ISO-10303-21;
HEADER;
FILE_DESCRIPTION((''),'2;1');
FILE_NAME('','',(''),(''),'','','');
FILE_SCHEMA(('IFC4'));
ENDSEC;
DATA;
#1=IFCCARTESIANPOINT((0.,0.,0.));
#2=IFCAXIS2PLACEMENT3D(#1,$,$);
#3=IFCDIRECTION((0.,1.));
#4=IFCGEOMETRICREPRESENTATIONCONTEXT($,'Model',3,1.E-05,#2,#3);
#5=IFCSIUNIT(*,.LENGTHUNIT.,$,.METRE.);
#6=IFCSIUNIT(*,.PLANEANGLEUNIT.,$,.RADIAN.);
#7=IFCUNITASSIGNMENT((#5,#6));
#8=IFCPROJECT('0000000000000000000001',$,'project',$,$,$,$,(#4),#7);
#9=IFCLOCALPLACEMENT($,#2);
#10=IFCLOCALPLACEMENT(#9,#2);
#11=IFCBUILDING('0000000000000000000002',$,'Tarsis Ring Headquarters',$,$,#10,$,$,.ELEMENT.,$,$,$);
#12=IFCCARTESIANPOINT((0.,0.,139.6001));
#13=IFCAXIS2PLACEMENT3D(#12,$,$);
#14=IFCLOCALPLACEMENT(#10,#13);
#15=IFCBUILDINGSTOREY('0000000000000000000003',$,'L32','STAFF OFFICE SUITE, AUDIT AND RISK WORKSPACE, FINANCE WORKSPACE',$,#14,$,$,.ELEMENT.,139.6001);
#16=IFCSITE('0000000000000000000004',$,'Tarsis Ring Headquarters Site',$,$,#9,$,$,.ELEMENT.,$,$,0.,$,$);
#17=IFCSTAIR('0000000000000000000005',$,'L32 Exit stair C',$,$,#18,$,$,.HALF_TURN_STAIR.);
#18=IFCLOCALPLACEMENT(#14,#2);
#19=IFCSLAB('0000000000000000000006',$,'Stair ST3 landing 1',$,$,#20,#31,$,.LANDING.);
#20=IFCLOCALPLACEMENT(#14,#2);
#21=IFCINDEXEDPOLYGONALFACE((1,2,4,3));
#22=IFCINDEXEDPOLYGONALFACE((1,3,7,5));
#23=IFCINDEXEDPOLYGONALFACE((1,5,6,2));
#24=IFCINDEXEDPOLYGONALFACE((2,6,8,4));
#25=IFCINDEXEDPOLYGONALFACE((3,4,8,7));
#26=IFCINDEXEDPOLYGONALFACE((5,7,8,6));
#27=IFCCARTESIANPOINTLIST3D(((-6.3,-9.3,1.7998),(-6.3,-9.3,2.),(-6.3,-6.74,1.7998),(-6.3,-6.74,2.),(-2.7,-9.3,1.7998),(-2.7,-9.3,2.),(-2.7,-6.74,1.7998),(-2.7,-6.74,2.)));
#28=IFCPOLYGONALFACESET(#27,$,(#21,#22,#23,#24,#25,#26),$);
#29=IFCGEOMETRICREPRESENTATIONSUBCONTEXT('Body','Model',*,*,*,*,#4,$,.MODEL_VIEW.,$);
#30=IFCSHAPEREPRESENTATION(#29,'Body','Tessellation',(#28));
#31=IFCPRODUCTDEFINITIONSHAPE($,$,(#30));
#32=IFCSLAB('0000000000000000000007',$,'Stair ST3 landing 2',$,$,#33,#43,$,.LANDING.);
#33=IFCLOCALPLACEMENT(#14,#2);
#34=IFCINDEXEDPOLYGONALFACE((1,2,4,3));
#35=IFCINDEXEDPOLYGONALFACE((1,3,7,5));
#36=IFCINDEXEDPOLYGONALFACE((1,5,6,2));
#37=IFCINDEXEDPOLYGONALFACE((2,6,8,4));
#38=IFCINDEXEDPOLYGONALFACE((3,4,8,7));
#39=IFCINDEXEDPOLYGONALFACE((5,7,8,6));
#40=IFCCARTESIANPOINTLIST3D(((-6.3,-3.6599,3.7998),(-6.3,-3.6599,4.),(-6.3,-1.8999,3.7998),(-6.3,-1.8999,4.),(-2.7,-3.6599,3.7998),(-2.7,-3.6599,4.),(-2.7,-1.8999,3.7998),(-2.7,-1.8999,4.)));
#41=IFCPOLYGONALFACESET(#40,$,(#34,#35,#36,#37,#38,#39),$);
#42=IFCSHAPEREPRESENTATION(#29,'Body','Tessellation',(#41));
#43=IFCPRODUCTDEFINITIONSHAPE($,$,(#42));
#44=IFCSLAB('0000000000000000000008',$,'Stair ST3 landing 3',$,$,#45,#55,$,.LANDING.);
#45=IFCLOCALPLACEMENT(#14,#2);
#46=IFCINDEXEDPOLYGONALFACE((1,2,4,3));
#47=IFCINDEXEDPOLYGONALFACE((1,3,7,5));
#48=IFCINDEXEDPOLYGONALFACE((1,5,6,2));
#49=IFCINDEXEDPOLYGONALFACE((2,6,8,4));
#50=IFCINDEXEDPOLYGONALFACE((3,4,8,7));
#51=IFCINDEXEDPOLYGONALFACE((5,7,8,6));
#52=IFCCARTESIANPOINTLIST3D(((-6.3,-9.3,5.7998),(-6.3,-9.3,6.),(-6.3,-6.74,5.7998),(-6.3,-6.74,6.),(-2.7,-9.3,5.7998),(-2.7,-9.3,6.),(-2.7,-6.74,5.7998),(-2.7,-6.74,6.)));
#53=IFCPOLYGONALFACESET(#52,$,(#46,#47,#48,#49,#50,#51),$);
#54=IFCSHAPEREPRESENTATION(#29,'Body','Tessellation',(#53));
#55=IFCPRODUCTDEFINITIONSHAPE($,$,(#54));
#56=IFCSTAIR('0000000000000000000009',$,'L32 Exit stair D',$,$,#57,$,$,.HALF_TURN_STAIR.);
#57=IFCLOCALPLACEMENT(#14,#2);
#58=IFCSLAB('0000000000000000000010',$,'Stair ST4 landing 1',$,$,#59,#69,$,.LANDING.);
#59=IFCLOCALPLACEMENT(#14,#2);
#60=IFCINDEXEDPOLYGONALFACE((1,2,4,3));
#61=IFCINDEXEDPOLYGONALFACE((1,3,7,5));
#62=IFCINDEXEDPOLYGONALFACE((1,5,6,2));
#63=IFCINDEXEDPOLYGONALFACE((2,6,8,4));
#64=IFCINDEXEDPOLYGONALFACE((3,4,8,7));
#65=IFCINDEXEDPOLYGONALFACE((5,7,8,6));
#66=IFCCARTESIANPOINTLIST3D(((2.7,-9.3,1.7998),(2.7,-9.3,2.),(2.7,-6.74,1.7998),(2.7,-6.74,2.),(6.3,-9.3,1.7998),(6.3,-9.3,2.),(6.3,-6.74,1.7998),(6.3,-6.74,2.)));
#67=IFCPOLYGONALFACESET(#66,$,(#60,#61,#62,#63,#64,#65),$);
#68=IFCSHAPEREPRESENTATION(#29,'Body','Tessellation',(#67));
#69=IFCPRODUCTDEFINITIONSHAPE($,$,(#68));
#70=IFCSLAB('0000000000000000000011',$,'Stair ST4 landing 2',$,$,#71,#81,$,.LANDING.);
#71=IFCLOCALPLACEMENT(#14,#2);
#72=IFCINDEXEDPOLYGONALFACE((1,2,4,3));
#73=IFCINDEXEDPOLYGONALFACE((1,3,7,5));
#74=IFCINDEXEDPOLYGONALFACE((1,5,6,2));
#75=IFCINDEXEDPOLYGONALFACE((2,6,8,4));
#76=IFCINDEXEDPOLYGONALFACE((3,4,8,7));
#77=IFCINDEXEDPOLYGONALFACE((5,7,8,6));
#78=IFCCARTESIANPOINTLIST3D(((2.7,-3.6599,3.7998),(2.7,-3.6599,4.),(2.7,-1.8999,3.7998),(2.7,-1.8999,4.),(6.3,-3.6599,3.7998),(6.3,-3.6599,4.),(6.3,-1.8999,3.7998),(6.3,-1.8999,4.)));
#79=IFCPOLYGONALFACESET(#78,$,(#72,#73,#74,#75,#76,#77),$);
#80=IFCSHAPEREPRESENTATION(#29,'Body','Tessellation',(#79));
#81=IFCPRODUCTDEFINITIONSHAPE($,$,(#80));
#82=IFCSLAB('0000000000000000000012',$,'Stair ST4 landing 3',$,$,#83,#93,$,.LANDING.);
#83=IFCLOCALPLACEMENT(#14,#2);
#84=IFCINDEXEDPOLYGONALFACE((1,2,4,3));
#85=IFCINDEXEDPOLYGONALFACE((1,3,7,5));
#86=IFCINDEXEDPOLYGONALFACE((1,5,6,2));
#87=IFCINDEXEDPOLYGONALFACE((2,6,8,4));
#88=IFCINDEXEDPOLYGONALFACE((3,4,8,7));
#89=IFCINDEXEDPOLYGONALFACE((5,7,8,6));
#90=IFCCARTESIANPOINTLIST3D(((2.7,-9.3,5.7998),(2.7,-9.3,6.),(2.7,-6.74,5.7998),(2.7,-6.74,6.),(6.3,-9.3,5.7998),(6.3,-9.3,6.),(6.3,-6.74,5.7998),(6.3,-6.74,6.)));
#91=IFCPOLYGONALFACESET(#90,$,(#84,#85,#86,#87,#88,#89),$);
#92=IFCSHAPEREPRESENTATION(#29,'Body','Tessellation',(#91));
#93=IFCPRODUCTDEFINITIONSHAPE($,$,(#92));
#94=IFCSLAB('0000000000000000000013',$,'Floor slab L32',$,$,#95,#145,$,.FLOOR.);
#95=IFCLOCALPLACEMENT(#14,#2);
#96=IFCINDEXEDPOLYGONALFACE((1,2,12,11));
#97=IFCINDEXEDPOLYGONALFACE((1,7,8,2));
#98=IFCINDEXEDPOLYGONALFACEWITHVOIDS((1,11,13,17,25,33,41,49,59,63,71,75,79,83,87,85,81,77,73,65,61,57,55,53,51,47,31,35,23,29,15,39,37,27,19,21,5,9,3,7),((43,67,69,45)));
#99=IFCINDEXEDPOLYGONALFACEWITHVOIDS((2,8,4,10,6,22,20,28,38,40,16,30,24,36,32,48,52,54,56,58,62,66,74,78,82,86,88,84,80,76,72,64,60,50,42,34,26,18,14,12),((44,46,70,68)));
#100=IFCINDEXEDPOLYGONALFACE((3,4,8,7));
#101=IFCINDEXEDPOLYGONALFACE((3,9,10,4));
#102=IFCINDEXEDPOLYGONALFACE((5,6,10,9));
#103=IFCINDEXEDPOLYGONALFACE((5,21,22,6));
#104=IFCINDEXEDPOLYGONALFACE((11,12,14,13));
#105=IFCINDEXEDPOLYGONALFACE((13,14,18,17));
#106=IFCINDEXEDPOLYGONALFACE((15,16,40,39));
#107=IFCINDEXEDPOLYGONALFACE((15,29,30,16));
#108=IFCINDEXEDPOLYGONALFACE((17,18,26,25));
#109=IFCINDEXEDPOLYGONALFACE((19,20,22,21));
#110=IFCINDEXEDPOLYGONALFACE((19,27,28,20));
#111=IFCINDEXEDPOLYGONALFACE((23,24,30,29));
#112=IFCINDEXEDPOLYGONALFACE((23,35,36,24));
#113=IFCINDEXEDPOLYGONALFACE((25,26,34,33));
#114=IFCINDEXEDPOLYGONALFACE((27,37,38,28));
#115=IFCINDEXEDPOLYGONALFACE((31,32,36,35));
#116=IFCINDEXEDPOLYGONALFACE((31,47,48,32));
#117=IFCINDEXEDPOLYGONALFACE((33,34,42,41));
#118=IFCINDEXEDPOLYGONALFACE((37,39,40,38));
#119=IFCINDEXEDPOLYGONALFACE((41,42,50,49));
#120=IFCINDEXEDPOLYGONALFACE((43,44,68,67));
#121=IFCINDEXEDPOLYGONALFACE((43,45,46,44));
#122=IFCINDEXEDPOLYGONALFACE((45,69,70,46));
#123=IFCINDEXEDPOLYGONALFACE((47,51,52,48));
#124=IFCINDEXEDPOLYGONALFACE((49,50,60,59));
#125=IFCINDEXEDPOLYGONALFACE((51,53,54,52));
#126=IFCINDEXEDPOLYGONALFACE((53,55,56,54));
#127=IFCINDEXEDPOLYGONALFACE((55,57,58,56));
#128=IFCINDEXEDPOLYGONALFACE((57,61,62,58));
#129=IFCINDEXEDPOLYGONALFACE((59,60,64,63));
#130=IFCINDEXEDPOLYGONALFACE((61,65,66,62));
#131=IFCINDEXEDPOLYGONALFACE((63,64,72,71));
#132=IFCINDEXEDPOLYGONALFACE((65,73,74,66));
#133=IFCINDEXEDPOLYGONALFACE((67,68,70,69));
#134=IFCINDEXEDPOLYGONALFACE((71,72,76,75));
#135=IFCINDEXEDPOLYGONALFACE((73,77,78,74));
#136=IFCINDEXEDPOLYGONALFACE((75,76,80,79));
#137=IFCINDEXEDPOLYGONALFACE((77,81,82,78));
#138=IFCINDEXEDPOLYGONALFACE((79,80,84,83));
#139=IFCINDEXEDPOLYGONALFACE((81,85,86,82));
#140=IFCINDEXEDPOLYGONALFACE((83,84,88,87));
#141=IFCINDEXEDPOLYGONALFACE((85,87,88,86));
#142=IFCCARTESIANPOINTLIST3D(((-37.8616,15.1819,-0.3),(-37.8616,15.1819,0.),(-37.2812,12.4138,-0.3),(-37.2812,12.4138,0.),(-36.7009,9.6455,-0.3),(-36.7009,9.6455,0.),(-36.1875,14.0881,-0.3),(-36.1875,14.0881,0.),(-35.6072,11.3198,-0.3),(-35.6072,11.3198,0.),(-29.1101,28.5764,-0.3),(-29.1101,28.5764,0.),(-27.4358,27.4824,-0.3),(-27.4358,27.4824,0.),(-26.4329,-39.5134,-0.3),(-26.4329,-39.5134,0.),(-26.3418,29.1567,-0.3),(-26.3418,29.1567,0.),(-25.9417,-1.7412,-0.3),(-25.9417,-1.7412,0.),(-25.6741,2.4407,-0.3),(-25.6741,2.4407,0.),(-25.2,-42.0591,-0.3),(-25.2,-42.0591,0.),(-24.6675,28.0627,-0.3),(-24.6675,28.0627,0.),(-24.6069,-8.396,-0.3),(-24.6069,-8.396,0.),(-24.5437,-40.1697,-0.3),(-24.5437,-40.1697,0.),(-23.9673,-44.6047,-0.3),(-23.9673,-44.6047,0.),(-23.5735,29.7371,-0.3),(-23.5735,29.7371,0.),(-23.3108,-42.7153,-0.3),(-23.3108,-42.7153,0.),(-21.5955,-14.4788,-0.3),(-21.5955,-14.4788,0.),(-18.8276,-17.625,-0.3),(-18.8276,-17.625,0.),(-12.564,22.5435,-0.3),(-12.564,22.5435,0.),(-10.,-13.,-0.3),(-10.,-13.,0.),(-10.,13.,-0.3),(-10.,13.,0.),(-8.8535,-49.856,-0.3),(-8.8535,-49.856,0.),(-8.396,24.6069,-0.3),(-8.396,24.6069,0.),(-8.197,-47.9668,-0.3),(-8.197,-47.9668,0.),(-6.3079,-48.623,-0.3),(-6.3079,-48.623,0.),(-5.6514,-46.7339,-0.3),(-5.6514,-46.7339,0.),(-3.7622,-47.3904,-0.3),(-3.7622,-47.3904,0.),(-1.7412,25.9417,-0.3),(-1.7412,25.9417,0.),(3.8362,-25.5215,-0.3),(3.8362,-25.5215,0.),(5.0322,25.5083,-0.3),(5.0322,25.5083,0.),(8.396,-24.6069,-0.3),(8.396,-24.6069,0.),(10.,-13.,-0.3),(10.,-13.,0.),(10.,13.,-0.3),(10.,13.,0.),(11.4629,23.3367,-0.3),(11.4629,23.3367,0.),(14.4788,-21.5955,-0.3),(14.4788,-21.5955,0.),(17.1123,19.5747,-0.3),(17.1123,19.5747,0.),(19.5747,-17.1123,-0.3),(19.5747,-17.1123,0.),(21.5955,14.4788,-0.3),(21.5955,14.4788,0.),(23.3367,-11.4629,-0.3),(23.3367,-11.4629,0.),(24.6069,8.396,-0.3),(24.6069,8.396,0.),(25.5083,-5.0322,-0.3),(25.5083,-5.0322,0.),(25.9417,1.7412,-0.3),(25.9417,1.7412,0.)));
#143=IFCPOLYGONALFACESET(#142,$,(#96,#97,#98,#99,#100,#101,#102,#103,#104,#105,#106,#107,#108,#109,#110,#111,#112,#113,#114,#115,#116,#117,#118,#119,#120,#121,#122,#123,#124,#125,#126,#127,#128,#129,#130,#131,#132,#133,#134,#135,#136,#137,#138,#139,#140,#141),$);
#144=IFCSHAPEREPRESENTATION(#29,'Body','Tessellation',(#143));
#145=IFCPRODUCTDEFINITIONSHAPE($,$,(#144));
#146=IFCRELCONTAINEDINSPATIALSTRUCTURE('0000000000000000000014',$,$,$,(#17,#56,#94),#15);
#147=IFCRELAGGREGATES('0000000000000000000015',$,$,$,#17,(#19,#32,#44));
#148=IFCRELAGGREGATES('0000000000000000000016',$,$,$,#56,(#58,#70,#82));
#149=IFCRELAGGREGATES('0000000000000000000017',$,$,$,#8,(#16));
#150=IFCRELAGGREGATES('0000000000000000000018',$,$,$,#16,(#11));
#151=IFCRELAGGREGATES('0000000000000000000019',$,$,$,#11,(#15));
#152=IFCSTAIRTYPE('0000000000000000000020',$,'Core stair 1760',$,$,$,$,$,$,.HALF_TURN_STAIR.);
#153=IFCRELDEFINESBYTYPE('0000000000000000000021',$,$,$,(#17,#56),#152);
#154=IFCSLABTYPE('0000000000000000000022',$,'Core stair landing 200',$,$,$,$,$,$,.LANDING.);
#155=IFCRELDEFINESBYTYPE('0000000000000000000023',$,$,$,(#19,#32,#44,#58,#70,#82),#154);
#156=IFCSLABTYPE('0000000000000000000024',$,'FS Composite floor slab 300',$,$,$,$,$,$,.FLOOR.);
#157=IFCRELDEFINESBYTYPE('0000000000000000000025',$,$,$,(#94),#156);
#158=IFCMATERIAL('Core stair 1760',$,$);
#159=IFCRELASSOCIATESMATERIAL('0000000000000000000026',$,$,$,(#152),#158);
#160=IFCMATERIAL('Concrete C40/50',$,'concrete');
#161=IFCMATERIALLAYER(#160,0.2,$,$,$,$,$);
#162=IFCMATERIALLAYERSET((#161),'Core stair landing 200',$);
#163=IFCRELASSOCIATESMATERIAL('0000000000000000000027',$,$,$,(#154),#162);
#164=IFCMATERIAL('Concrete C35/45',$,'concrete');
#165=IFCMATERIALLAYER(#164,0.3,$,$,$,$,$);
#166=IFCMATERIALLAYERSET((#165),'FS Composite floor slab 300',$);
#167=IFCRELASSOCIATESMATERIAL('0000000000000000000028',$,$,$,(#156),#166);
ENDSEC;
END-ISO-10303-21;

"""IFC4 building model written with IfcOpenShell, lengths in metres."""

from ifc_helpers import new_model, si_unit, direction, frame, origin, place, context, subcontext, project, spatial, polyline, outline, extrude, material, layer, layer_set, type_object, element, aggregate, save


model = new_model("IFC4")

# Units and contexts
model_context = context("Model", 3, precision=1e-05, world=origin(), true_north=direction((0.0, 1.0)))
body_context = subcontext(model_context, "Body", "Model", "MODEL_VIEW")
ifc_project = project(units=[si_unit("LENGTHUNIT", "METRE"), si_unit("PLANEANGLEUNIT", "RADIAN")], contexts=[model_context])

# Site, building, storey
site_placement = place(None, origin())
site = spatial("IfcSite", under=ifc_project, at=site_placement, Name="Tarsis Ring Headquarters Site", CompositionType="ELEMENT", RefElevation=0.0)
building_placement = place(site_placement, origin())
building = spatial("IfcBuilding", under=site, at=building_placement, Name="Tarsis Ring Headquarters", CompositionType="ELEMENT")
storey_placement = place(building_placement, frame((0.0, 0.0, 139.6001)))
storey = spatial("IfcBuildingStorey", under=building, at=storey_placement, Name="L32", Description="STAFF OFFICE SUITE, AUDIT AND RISK WORKSPACE, FINANCE WORKSPACE", CompositionType="ELEMENT", Elevation=139.6001)

# Shared definitions
ifc_material_1 = material(Name="Concrete C40/50", Category="concrete")

# Stairs, slabs
ifc_material_2 = material(Name="Core stair 1760")
stair_type = type_object("IfcStairType", Name="Core stair 1760", PredefinedType="HALF_TURN_STAIR", material=ifc_material_2)
ifc_layer_1 = layer(ifc_material_1, 0.2)
ifc_layer_set_1 = layer_set([ifc_layer_1], Name="Core stair landing 200")
slab_type_1 = type_object("IfcSlabType", Name="Core stair landing 200", PredefinedType="LANDING", material=ifc_layer_set_1)
stair_1_placement = place(storey_placement, origin())
stair_1 = element("IfcStair", 1, at=stair_1_placement, inside=storey, type_object=stair_type, Name="L32 Exit stair C", PredefinedType="HALF_TURN_STAIR")
slab_1_placement = place(storey_placement, frame((0.0, 0.0, 1.7998)))
slab_1 = element("IfcSlab", 2, at=slab_1_placement, type_object=slab_type_1, Name="Stair ST3 landing 1", PredefinedType="LANDING", context=body_context, shape_type="SweptSolid", body=[
    extrude(outline(polyline([(-6.3, -6.74), (-6.3, -9.3), (-2.7, -9.3), (-2.7, -6.74), (-6.3, -6.74)])), origin(), (0.0, 0.0, 1.0), 0.2002),
])
slab_2_placement = place(storey_placement, frame((0.0, 0.0, 3.7998)))
slab_2 = element("IfcSlab", 3, at=slab_2_placement, type_object=slab_type_1, Name="Stair ST3 landing 2", PredefinedType="LANDING", context=body_context, shape_type="SweptSolid", body=[
    extrude(outline(polyline([(-6.3, -1.8999), (-6.3, -3.6599), (-2.7, -3.6599), (-2.7, -1.8999), (-6.3, -1.8999)])), origin(), (0.0, 0.0, 1.0), 0.2002),
])
slab_3_placement = place(storey_placement, frame((0.0, 0.0, 5.7998)))
slab_3 = element("IfcSlab", 4, at=slab_3_placement, type_object=slab_type_1, Name="Stair ST3 landing 3", PredefinedType="LANDING", context=body_context, shape_type="SweptSolid", body=[
    extrude(outline(polyline([(-6.3, -6.74), (-6.3, -9.3), (-2.7, -9.3), (-2.7, -6.74), (-6.3, -6.74)])), origin(), (0.0, 0.0, 1.0), 0.2002),
])
aggregate(stair_1, [slab_1, slab_2, slab_3])
stair_2_placement = place(storey_placement, origin())
stair_2 = element("IfcStair", 5, at=stair_2_placement, inside=storey, type_object=stair_type, Name="L32 Exit stair D", PredefinedType="HALF_TURN_STAIR")
slab_4_placement = place(storey_placement, frame((0.0, 0.0, 1.7998)))
slab_4 = element("IfcSlab", 6, at=slab_4_placement, type_object=slab_type_1, Name="Stair ST4 landing 1", PredefinedType="LANDING", context=body_context, shape_type="SweptSolid", body=[
    extrude(outline(polyline([(2.7, -6.74), (2.7, -9.3), (6.3, -9.3), (6.3, -6.74), (2.7, -6.74)])), origin(), (0.0, 0.0, 1.0), 0.2002),
])
slab_5_placement = place(storey_placement, frame((0.0, 0.0, 3.7998)))
slab_5 = element("IfcSlab", 7, at=slab_5_placement, type_object=slab_type_1, Name="Stair ST4 landing 2", PredefinedType="LANDING", context=body_context, shape_type="SweptSolid", body=[
    extrude(outline(polyline([(2.7, -1.8999), (2.7, -3.6599), (6.3, -3.6599), (6.3, -1.8999), (2.7, -1.8999)])), origin(), (0.0, 0.0, 1.0), 0.2002),
])
slab_6_placement = place(storey_placement, frame((0.0, 0.0, 5.7998)))
slab_6 = element("IfcSlab", 8, at=slab_6_placement, type_object=slab_type_1, Name="Stair ST4 landing 3", PredefinedType="LANDING", context=body_context, shape_type="SweptSolid", body=[
    extrude(outline(polyline([(2.7, -6.74), (2.7, -9.3), (6.3, -9.3), (6.3, -6.74), (2.7, -6.74)])), origin(), (0.0, 0.0, 1.0), 0.2002),
])
aggregate(stair_2, [slab_4, slab_5, slab_6])

# Slab
ifc_material_3 = material(Name="Concrete C35/45", Category="concrete")
ifc_layer_2 = layer(ifc_material_3, 0.3)
ifc_layer_set_2 = layer_set([ifc_layer_2], Name="FS Composite floor slab 300")
slab_type_2 = type_object("IfcSlabType", Name="FS Composite floor slab 300", PredefinedType="FLOOR", material=ifc_layer_set_2)
slab_7_placement = place(storey_placement, frame((0.0, 0.0, -0.3)))
element("IfcSlab", 9, at=slab_7_placement, inside=storey, type_object=slab_type_2, Name="Floor slab L32", PredefinedType="FLOOR", context=body_context, shape_type="SweptSolid", body=[
    extrude(outline(polyline([(-25.6741, 2.4407), (-25.9417, -1.7412), (-24.6069, -8.396), (-21.5955, -14.4788), (-18.8276, -17.625), (-26.4329, -39.5134), (-24.5437, -40.1697), (-25.2, -42.0591), (-23.3108, -42.7153), (-23.9673, -44.6047), (-8.8535, -49.856), (-8.197, -47.9668), (-6.3079, -48.623), (-5.6514, -46.7339), (-3.7622, -47.3904), (3.8362, -25.5215), (8.396, -24.6069), (14.4788, -21.5955), (19.5747, -17.1123), (23.3367, -11.4629), (25.5083, -5.0322), (25.9417, 1.7412), (24.6069, 8.396), (21.5955, 14.4788), (17.1123, 19.5747), (11.4629, 23.3367), (5.0322, 25.5083), (-1.7412, 25.9417), (-8.396, 24.6069), (-12.564, 22.5435), (-23.5735, 29.7371), (-24.6675, 28.0627), (-26.3418, 29.1567), (-27.4358, 27.4824), (-29.1101, 28.5764), (-37.8616, 15.1819), (-36.1875, 14.0881), (-37.2812, 12.4138), (-35.6072, 11.3198), (-36.7009, 9.6455), (-25.6741, 2.4407)]), holes=[polyline([(-10.0, -13.0), (-10.0, 13.0), (10.0, 13.0), (10.0, -13.0), (-10.0, -13.0)])]), origin(), (0.0, 0.0, 1.0), 0.3),
])

save(model, "model.ifc")
